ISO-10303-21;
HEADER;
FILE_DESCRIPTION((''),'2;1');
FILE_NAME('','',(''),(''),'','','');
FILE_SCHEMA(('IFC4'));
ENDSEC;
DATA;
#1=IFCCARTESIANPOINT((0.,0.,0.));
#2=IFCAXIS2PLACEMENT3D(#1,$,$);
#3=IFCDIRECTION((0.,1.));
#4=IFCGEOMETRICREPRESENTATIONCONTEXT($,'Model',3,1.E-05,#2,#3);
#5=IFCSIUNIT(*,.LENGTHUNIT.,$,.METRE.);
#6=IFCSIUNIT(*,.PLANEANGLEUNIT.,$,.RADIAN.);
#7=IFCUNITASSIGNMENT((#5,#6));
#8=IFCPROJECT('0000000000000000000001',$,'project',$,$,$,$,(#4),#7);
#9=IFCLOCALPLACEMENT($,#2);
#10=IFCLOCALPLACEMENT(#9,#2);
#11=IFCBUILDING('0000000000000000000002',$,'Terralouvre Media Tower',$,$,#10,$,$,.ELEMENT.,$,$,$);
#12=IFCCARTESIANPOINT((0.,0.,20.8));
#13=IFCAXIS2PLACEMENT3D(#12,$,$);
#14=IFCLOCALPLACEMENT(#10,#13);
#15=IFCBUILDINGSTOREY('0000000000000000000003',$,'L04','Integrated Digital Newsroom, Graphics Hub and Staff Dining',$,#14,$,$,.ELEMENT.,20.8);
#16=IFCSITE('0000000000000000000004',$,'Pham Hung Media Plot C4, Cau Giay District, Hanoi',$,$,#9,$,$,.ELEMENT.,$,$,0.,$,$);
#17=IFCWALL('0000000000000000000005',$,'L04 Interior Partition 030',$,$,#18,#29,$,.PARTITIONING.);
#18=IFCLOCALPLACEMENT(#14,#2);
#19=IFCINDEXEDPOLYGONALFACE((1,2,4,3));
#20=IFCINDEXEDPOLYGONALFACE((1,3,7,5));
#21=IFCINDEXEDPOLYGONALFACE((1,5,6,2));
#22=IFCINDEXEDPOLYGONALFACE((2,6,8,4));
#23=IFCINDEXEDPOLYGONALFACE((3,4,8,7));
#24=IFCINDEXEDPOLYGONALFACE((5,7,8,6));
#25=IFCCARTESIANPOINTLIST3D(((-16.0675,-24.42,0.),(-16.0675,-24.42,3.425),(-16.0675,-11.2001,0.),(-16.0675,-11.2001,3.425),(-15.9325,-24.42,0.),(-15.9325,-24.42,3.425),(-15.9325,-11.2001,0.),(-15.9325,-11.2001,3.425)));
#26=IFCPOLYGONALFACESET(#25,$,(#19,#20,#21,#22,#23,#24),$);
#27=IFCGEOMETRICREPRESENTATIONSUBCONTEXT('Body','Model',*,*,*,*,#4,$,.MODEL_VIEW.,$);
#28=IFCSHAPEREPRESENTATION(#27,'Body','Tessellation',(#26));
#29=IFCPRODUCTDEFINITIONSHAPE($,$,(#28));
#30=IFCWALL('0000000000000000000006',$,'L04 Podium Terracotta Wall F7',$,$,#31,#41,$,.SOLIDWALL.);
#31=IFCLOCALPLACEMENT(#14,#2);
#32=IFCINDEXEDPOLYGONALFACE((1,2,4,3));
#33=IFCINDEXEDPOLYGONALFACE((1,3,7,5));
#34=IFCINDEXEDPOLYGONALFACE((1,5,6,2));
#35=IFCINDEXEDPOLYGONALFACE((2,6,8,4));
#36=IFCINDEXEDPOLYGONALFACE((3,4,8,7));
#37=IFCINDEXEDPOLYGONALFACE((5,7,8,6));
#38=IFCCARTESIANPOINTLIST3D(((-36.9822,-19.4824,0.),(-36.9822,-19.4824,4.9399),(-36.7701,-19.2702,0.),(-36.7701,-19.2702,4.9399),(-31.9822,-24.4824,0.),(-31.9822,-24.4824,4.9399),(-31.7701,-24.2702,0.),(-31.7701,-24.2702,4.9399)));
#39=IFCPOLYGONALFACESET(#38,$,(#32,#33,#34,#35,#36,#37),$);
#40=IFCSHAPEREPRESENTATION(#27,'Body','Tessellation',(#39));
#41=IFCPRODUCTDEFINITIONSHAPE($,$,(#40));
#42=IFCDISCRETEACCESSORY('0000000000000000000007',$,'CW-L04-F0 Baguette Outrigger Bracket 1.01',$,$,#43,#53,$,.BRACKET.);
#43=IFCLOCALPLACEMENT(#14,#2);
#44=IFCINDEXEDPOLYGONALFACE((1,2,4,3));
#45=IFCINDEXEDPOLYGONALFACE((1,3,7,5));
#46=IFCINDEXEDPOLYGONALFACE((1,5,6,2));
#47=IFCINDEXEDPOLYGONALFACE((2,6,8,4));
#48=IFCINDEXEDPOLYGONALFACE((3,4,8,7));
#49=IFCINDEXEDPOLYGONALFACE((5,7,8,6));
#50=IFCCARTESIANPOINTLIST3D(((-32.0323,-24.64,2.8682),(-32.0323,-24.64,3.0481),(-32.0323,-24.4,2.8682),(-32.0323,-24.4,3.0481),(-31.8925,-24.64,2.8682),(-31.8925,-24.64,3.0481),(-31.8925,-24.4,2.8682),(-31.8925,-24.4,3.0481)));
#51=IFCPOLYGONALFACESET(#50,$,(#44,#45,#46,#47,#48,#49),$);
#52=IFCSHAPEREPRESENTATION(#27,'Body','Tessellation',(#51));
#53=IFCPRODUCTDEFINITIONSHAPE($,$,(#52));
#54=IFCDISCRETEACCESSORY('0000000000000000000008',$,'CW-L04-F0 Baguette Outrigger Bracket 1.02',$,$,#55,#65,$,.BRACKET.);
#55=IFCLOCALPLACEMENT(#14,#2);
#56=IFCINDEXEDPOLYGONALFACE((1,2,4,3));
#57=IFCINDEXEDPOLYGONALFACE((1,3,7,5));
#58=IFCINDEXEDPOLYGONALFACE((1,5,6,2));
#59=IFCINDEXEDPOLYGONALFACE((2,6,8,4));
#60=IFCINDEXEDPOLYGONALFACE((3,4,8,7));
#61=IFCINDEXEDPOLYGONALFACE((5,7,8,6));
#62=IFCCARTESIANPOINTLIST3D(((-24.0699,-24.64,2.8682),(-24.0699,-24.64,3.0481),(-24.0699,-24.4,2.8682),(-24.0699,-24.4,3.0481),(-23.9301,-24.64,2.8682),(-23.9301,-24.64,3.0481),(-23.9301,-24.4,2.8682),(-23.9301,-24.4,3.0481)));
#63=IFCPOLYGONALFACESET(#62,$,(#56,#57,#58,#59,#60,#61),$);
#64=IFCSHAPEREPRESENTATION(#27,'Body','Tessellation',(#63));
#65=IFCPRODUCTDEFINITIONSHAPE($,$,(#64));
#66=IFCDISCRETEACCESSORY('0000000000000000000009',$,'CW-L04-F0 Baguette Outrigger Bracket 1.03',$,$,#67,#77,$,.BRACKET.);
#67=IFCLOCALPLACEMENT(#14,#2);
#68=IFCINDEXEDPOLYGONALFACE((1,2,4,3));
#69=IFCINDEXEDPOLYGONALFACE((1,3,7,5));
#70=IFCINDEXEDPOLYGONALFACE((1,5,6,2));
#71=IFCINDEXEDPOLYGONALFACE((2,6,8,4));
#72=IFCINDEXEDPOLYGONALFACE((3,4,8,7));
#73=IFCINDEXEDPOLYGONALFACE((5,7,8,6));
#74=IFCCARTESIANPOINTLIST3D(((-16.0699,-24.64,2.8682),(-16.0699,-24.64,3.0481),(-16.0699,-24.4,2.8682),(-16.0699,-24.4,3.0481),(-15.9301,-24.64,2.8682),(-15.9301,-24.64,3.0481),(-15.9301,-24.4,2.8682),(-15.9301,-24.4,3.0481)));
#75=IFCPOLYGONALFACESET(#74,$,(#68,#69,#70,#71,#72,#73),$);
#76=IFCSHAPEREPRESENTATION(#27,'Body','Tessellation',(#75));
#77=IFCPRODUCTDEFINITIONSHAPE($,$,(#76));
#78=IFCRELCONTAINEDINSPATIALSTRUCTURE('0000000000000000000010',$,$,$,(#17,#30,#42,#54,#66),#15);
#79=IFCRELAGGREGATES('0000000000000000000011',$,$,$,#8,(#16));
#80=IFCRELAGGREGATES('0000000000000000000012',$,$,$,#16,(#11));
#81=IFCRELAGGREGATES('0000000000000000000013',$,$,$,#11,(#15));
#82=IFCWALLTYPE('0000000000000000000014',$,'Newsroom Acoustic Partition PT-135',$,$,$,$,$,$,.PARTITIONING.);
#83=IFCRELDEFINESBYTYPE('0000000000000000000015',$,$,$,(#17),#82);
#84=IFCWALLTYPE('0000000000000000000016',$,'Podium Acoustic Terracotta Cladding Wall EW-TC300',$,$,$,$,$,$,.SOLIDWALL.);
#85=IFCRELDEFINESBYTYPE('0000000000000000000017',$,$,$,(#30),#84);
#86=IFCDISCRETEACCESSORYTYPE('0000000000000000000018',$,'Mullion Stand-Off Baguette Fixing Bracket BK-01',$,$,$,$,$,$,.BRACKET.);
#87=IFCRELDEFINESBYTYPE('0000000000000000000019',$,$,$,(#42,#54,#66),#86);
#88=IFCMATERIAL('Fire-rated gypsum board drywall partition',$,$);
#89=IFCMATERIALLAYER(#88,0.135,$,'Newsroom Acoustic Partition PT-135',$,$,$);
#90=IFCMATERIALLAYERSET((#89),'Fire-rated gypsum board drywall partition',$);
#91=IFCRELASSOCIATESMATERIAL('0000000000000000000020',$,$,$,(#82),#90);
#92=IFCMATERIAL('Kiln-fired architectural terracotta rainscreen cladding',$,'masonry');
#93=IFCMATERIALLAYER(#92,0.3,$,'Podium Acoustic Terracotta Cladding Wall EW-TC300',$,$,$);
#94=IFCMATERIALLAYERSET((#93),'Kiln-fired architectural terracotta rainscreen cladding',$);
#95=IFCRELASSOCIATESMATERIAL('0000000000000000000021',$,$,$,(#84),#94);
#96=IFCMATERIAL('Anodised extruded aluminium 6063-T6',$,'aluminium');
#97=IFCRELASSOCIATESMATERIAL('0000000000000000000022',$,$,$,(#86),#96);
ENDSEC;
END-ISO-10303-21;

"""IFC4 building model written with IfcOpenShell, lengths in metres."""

from ifc_helpers import new_model, si_unit, direction, frame, frame_2d, origin, origin_2d, place, context, subcontext, project, spatial, rectangle, extrude, material, layer, layer_set, type_object, element, save


model = new_model("IFC4")

# Units and contexts
model_context = context("Model", 3, precision=1e-05, world=origin(), true_north=direction((0.0, 1.0)))
body_context = subcontext(model_context, "Body", "Model", "MODEL_VIEW")
ifc_project = project(units=[si_unit("LENGTHUNIT", "METRE"), si_unit("PLANEANGLEUNIT", "RADIAN")], contexts=[model_context])

# Site, building, storey
site_placement = place(None, origin())
site = spatial("IfcSite", under=ifc_project, at=site_placement, Name="Pham Hung Media Plot C4, Cau Giay District, Hanoi", CompositionType="ELEMENT", RefElevation=0.0)
building_placement = place(site_placement, origin())
building = spatial("IfcBuilding", under=site, at=building_placement, Name="Terralouvre Media Tower", CompositionType="ELEMENT")
storey_placement = place(building_placement, frame((0.0, 0.0, 20.8)))
storey = spatial("IfcBuildingStorey", under=building, at=storey_placement, Name="L04", Description="Integrated Digital Newsroom, Graphics Hub and Staff Dining", CompositionType="ELEMENT", Elevation=20.8)

# Walls
ifc_material_1 = material(Name="Fire-rated gypsum board drywall partition")
ifc_layer_1 = layer(ifc_material_1, 0.135, Name="Newsroom Acoustic Partition PT-135")
ifc_layer_set_1 = layer_set([ifc_layer_1], Name="Fire-rated gypsum board drywall partition")
wall_type_1 = type_object("IfcWallType", Name="Newsroom Acoustic Partition PT-135", PredefinedType="PARTITIONING", material=ifc_layer_set_1)
wall_1_placement = place(storey_placement, frame((-16.0, -24.4199, 0.0), z_axis=(0.0, 0.0, 1.0), x_axis=(0.0, 1.0, 0.0)))
element("IfcWall", 1, at=wall_1_placement, inside=storey, type_object=wall_type_1, Name="L04 Interior Partition 030", PredefinedType="PARTITIONING", context=body_context, shape_type="SweptSolid", body=[
    extrude(rectangle(XDim=13.22, YDim=0.135, at=frame_2d((6.6099, 0.0))), origin(), (0.0, 0.0, 1.0), 3.425),
])
ifc_material_2 = material(Name="Kiln-fired architectural terracotta rainscreen cladding", Category="masonry")
ifc_layer_2 = layer(ifc_material_2, 0.3, Name="Podium Acoustic Terracotta Cladding Wall EW-TC300")
ifc_layer_set_2 = layer_set([ifc_layer_2], Name="Kiln-fired architectural terracotta rainscreen cladding")
wall_type_2 = type_object("IfcWallType", Name="Podium Acoustic Terracotta Cladding Wall EW-TC300", PredefinedType="SOLIDWALL", material=ifc_layer_set_2)
wall_2_placement = place(storey_placement, frame((-36.8762, -19.3762, 0.0), z_axis=(0.0, 0.0, 1.0), x_axis=(0.707107, -0.707107, 0.0)))
element("IfcWall", 2, at=wall_2_placement, inside=storey, type_object=wall_type_2, Name="L04 Podium Terracotta Wall F7", PredefinedType="SOLIDWALL", context=body_context, shape_type="SweptSolid", body=[
    extrude(rectangle(XDim=7.071, YDim=0.3, at=frame_2d((3.5356, 0.0))), origin(), (0.0, 0.0, 1.0), 4.9399),
])

# Discrete accessories
ifc_material_3 = material(Name="Anodised extruded aluminium 6063-T6", Category="aluminium")
discrete_accessory_type = type_object("IfcDiscreteAccessoryType", Name="Mullion Stand-Off Baguette Fixing Bracket BK-01", PredefinedType="BRACKET", material=ifc_material_3)
for number, where, z_axis, x_axis, name in (
    (3, (-31.9624, -24.52, 2.8682), (0.0, 0.0, 1.0), (1.0, 0.0, 0.0), "CW-L04-F0 Baguette Outrigger Bracket 1.01"),
    (4, (-24.0, -24.52, 2.8682), (0.0, 0.0, 1.0), (1.0, 0.0, 0.0), "CW-L04-F0 Baguette Outrigger Bracket 1.02"),
    (5, (-16.0, -24.52, 2.8682), (0.0, 0.0, 1.0), (1.0, 0.0, 0.0), "CW-L04-F0 Baguette Outrigger Bracket 1.03"),
):
    element("IfcDiscreteAccessory", number, at=place(storey_placement, frame(where, z_axis=z_axis, x_axis=x_axis)), inside=storey, type_object=discrete_accessory_type, Name=name, PredefinedType="BRACKET", context=body_context, shape_type="SweptSolid", body=[
        extrude(rectangle(XDim=0.1399, YDim=0.24, at=origin_2d()), origin(), (0.0, 0.0, 1.0), 0.1799),
    ])

save(model, "model.ifc")
